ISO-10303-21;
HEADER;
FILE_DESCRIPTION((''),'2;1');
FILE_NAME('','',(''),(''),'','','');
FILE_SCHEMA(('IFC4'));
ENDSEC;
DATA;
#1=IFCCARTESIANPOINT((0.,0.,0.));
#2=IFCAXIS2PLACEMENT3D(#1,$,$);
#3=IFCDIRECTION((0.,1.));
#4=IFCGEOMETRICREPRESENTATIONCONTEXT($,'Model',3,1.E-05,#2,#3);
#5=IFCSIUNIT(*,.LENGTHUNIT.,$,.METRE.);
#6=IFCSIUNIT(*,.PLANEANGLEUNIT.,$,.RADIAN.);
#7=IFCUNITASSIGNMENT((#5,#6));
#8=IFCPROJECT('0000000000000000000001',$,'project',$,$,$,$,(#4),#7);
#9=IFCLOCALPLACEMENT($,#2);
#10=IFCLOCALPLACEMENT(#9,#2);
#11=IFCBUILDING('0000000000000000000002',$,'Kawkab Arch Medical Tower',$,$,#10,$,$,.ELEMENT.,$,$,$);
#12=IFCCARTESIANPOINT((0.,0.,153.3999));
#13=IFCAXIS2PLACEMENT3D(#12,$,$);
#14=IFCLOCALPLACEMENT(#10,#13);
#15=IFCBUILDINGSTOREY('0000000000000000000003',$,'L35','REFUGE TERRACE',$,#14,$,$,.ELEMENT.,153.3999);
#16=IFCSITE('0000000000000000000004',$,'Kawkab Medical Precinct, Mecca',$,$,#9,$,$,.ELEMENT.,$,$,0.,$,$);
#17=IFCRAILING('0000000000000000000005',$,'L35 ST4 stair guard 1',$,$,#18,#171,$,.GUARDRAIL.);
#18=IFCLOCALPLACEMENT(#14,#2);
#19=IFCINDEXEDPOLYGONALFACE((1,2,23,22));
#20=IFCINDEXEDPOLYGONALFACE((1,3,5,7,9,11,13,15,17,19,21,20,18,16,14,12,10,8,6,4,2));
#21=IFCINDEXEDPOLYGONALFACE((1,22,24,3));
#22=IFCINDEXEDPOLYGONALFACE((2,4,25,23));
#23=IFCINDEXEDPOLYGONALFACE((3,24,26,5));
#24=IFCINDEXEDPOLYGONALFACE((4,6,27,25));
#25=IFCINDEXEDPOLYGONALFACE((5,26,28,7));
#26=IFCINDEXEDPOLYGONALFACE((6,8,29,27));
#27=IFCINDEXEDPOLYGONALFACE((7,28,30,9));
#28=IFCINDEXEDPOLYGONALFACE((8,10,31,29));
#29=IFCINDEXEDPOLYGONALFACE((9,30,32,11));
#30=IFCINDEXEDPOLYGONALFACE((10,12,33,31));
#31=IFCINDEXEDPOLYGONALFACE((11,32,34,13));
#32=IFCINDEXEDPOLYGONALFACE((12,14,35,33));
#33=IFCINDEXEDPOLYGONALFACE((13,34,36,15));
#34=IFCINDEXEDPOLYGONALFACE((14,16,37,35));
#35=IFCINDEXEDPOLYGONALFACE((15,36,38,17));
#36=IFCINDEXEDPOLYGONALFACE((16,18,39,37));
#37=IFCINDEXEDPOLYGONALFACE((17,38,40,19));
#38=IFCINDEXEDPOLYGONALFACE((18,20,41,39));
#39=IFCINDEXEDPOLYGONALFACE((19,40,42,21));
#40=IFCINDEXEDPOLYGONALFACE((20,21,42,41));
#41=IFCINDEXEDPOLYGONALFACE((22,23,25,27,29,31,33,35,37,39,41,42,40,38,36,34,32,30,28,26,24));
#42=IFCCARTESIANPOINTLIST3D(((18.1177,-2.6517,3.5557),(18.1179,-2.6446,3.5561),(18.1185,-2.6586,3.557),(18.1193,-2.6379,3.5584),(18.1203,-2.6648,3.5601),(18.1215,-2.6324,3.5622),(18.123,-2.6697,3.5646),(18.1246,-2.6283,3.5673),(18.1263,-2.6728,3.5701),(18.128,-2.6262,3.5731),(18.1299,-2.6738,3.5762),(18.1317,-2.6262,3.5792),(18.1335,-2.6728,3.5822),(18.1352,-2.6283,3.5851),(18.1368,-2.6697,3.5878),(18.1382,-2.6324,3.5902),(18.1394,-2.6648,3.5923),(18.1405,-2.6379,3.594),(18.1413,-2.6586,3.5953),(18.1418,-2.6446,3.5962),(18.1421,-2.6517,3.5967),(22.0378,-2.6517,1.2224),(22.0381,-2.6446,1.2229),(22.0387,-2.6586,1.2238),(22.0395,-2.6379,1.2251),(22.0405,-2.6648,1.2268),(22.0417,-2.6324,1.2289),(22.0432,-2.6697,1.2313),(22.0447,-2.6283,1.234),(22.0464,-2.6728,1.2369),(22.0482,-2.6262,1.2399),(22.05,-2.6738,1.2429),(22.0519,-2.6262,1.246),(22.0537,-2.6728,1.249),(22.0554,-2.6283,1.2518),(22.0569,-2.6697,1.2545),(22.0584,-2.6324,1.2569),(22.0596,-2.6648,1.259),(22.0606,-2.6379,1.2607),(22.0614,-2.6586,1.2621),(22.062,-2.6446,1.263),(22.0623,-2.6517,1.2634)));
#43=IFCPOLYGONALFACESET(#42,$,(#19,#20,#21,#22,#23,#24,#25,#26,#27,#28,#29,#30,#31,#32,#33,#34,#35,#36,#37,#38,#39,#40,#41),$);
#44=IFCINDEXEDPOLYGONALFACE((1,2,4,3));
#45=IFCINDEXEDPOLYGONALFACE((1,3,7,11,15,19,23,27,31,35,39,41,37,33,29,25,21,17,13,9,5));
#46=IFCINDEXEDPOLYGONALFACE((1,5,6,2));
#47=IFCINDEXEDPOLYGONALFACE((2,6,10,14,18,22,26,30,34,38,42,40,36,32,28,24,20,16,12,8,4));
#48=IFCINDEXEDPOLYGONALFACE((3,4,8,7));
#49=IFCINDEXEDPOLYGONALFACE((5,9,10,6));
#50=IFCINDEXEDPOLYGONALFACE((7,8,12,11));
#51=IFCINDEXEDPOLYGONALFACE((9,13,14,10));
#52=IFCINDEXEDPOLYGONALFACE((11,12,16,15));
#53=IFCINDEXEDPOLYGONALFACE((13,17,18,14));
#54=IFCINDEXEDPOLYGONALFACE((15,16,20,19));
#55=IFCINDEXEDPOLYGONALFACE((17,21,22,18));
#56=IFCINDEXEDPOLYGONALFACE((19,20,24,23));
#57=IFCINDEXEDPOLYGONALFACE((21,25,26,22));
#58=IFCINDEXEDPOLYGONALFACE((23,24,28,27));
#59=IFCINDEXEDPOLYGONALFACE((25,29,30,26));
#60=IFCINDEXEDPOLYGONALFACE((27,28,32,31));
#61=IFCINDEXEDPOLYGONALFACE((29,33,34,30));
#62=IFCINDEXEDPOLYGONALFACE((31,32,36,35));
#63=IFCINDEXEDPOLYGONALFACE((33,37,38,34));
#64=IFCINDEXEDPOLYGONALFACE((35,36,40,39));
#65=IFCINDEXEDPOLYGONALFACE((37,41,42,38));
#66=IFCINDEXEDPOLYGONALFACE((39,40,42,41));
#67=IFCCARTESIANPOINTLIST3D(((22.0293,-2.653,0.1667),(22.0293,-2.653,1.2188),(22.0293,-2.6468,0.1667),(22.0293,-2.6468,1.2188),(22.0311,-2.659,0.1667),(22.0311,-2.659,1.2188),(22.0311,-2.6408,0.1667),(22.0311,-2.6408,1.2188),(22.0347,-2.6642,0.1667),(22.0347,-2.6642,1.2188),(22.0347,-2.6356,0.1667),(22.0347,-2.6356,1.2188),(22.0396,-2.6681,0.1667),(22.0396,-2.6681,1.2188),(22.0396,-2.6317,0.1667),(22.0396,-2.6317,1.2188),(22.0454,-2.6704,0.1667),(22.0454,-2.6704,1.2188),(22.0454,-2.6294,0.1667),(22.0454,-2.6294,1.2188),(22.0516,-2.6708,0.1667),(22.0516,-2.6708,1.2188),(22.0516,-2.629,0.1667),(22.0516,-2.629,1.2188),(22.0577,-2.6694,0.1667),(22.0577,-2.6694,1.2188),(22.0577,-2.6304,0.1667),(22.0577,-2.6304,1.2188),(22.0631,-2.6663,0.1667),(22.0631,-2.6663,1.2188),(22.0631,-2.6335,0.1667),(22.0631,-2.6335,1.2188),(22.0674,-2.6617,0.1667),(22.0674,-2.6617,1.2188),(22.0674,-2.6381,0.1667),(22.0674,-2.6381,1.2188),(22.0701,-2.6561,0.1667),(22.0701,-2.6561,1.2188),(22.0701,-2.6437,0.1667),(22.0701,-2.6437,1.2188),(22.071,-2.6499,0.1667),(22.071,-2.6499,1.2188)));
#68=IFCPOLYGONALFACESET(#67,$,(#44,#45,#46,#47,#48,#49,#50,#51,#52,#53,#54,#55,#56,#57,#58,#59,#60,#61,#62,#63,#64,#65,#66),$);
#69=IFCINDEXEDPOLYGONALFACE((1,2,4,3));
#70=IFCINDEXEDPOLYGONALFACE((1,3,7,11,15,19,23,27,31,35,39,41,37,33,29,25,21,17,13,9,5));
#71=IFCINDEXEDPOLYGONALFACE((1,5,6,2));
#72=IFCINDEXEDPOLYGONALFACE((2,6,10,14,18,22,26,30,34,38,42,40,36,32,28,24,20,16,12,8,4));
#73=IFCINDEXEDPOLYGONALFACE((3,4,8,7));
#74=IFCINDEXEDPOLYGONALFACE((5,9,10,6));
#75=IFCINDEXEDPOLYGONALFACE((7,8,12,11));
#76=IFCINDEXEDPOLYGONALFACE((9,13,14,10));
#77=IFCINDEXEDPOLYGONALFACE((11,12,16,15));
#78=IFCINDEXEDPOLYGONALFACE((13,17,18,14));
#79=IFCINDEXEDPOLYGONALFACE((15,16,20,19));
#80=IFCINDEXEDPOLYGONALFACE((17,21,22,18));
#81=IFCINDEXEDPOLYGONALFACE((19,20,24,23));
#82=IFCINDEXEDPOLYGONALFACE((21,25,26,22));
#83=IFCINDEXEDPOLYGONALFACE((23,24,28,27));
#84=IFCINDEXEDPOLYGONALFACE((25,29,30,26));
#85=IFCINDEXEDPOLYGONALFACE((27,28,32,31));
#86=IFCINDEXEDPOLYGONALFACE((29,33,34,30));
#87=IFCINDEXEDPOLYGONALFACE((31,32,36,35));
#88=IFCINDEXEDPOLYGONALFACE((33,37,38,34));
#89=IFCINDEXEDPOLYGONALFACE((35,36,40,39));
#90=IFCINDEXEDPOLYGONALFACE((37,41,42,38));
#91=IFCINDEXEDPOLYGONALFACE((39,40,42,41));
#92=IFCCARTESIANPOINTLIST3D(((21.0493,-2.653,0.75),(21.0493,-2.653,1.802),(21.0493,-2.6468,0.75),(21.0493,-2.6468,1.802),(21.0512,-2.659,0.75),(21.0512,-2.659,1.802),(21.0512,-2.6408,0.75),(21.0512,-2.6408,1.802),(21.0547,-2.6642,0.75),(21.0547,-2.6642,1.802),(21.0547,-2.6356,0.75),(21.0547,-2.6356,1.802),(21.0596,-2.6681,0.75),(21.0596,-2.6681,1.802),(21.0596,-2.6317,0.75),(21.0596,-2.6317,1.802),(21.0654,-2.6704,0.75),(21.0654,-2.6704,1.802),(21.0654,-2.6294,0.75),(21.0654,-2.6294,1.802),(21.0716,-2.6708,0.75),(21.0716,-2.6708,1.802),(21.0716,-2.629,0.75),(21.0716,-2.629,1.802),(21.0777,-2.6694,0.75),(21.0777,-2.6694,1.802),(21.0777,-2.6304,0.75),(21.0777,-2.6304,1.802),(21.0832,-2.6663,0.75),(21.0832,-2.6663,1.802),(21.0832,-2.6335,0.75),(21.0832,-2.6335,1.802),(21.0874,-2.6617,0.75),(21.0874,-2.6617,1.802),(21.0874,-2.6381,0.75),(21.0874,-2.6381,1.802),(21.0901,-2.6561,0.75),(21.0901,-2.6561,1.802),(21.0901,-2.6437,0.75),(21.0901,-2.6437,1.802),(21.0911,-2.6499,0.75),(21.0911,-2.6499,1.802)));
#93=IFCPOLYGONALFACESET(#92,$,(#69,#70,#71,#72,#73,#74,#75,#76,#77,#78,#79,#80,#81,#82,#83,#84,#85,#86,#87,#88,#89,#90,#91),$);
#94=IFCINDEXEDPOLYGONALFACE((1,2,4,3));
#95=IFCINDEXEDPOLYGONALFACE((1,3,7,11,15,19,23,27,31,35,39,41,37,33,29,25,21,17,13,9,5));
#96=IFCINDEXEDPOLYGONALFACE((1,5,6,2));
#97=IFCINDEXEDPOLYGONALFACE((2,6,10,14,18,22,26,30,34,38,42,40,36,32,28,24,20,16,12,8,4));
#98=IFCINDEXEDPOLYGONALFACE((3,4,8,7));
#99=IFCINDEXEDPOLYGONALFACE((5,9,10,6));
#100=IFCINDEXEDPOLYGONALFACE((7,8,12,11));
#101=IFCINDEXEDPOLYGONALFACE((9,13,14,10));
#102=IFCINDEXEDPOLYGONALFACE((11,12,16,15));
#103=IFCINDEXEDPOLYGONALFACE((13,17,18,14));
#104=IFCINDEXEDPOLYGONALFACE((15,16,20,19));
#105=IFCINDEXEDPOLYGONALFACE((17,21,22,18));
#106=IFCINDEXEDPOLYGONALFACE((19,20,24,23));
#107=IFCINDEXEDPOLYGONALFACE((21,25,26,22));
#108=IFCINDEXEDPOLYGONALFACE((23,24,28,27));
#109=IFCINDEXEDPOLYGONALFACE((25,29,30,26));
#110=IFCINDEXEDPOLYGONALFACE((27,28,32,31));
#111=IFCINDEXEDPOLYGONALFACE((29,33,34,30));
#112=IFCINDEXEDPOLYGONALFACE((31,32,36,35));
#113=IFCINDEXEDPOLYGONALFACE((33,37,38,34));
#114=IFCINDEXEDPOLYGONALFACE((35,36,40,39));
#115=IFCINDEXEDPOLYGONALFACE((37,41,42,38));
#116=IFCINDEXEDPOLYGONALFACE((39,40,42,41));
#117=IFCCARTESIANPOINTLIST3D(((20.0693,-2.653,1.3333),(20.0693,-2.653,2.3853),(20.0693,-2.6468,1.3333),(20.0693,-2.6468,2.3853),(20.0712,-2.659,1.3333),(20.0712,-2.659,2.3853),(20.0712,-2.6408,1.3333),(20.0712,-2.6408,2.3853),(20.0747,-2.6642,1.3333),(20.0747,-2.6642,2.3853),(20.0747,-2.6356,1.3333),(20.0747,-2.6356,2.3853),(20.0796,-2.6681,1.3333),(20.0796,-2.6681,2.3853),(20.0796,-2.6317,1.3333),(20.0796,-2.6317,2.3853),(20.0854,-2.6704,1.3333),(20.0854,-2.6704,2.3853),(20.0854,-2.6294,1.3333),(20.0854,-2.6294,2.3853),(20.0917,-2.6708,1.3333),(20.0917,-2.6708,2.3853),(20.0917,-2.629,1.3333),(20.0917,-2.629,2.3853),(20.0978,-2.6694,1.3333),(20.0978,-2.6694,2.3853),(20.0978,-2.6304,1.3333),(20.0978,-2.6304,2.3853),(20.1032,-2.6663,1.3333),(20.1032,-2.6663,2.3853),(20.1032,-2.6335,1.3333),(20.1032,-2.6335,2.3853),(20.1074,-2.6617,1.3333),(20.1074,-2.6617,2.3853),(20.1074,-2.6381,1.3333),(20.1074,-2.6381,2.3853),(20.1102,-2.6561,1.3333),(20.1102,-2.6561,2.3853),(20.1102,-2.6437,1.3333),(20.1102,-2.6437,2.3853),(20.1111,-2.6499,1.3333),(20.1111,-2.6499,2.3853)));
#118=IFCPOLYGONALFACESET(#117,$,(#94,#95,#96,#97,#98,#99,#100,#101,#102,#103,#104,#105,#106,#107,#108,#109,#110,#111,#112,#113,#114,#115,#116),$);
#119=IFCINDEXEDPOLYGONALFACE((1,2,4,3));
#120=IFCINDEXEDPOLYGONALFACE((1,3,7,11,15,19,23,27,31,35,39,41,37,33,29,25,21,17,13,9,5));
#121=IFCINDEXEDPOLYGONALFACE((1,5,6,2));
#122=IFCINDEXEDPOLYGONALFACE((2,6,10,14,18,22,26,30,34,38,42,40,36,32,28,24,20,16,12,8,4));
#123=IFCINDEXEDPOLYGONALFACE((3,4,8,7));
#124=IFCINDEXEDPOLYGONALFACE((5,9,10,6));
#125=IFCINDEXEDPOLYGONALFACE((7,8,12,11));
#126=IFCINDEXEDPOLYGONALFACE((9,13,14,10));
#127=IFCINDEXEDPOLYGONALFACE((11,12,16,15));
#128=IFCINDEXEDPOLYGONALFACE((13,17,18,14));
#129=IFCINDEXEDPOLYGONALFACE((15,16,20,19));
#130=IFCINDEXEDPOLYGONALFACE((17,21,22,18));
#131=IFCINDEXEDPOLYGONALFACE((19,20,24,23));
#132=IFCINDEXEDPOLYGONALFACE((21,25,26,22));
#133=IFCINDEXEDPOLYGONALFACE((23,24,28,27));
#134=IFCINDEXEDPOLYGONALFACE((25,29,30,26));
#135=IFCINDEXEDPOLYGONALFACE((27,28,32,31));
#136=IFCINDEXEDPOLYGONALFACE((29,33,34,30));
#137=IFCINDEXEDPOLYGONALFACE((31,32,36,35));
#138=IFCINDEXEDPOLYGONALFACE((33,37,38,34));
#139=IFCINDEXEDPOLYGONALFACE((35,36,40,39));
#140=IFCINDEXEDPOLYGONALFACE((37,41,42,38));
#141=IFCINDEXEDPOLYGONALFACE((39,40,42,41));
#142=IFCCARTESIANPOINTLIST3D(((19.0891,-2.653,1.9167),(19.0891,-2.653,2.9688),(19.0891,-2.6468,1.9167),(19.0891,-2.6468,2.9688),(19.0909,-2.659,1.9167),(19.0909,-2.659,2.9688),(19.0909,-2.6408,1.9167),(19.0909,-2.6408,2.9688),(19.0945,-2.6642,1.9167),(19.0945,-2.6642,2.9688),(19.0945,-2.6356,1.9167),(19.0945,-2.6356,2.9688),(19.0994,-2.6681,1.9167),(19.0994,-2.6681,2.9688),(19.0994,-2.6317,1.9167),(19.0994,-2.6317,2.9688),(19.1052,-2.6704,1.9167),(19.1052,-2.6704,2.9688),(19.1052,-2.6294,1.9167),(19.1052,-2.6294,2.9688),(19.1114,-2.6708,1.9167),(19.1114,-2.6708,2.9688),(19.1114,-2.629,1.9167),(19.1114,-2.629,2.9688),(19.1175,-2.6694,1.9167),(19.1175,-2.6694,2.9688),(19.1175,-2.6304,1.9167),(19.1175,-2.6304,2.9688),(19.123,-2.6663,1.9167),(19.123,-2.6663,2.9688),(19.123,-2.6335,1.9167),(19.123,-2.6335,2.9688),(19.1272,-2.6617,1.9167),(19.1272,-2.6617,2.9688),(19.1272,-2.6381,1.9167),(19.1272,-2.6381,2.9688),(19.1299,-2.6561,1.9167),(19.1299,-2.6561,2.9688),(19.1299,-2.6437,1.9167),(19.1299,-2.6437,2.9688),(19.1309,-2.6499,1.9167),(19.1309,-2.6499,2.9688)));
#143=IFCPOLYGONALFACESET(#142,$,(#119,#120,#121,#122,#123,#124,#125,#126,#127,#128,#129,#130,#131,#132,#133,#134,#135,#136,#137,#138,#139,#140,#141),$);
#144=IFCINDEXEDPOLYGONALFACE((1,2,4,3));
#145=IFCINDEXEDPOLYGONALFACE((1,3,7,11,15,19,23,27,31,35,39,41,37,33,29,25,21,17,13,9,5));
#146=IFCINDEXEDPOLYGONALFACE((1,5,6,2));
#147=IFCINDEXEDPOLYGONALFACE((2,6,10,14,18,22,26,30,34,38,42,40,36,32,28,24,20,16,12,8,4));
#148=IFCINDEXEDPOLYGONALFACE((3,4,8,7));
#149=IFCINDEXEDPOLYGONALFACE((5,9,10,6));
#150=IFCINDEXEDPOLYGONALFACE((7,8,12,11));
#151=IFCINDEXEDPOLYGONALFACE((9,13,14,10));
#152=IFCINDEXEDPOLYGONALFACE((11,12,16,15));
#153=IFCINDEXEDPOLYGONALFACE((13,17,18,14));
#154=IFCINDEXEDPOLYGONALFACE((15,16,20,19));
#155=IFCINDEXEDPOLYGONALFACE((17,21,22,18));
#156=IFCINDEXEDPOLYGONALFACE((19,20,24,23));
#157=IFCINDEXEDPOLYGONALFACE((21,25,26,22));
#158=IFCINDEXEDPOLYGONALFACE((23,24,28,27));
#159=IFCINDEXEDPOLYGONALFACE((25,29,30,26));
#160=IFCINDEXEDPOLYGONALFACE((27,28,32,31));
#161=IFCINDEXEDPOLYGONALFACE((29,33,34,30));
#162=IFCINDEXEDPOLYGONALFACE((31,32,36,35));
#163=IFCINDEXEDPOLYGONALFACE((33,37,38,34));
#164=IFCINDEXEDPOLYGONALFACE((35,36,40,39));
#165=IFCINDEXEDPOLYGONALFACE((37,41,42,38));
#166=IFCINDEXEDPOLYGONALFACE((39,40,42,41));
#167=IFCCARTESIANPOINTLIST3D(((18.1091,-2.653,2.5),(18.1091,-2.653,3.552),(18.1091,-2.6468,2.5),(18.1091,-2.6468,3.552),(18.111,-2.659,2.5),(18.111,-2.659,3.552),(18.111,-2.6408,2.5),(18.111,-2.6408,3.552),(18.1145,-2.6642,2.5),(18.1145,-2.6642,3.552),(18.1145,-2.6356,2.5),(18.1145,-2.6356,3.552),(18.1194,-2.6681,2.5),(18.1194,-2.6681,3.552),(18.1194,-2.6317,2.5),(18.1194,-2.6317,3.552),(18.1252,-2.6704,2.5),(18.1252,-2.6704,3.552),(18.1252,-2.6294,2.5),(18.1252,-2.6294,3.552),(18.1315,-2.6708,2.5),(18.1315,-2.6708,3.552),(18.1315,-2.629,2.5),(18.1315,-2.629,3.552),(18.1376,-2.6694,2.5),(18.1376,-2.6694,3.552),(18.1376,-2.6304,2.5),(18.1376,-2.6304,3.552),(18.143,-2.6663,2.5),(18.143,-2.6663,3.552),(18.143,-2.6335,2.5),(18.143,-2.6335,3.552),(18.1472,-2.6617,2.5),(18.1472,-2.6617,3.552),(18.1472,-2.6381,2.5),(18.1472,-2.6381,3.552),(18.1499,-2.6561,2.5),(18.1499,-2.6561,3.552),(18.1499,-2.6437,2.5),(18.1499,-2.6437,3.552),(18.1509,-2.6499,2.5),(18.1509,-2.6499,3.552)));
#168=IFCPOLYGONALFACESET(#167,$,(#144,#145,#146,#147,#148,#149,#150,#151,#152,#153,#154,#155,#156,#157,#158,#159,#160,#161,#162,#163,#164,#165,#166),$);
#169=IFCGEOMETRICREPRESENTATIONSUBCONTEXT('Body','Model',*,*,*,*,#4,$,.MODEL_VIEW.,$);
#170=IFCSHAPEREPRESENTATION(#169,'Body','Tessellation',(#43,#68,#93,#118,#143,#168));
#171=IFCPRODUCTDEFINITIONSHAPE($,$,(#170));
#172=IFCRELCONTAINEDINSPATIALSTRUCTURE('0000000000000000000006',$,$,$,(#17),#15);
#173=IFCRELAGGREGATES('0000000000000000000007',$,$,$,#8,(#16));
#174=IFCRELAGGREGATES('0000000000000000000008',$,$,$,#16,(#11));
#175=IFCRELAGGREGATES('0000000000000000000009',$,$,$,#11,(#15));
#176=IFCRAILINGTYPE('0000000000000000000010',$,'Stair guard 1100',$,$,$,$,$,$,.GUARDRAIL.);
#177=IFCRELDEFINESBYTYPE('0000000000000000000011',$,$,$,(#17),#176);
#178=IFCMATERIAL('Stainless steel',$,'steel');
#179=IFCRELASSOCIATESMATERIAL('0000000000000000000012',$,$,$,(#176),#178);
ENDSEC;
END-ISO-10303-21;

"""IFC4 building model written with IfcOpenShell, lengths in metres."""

from ifc_helpers import new_model, si_unit, direction, frame, origin, origin_2d, place, context, subcontext, project, spatial, circle, extrude, material, type_object, element, save


model = new_model("IFC4")

# Units and contexts
model_context = context("Model", 3, precision=1e-05, world=origin(), true_north=direction((0.0, 1.0)))
body_context = subcontext(model_context, "Body", "Model", "MODEL_VIEW")
ifc_project = project(units=[si_unit("LENGTHUNIT", "METRE"), si_unit("PLANEANGLEUNIT", "RADIAN")], contexts=[model_context])

# Site, building, storey
site_placement = place(None, origin())
site = spatial("IfcSite", under=ifc_project, at=site_placement, Name="Kawkab Medical Precinct, Mecca", CompositionType="ELEMENT", RefElevation=0.0)
building_placement = place(site_placement, origin())
building = spatial("IfcBuilding", under=site, at=building_placement, Name="Kawkab Arch Medical Tower", CompositionType="ELEMENT")
storey_placement = place(building_placement, frame((0.0, 0.0, 153.3999)))
storey = spatial("IfcBuildingStorey", under=building, at=storey_placement, Name="L35", Description="REFUGE TERRACE", CompositionType="ELEMENT", Elevation=153.3999)

# Railing
ifc_material_1 = material(Name="Stainless steel", Category="steel")
railing_type = type_object("IfcRailingType", Name="Stair guard 1100", PredefinedType="GUARDRAIL", material=ifc_material_1)
railing_1_placement = place(storey_placement, frame((22.05, -2.6499, 0.1667)))
element("IfcRailing", 1, at=railing_1_placement, inside=storey, type_object=railing_type, Name="L35 ST4 stair guard 1", PredefinedType="GUARDRAIL", context=body_context, shape_type="SweptSolid", body=[
    extrude(circle(Radius=0.0239, at=origin_2d()), frame((0.0, 0.0, 1.0762), z_axis=(-0.85931, 0.0, 0.511455), x_axis=(0.0, -1.0, 0.0)), (0.0, 0.0, 1.0), 4.562),
    extrude(circle(Radius=0.021, at=origin_2d()), origin(), (0.0, 0.0, 1.0), 1.052),
    extrude(circle(Radius=0.021, at=origin_2d()), frame((-0.98, 0.0, 0.5833)), (0.0, 0.0, 1.0), 1.052),
    extrude(circle(Radius=0.021, at=origin_2d()), frame((-1.96, 0.0, 1.1665)), (0.0, 0.0, 1.0), 1.052),
    extrude(circle(Radius=0.021, at=origin_2d()), frame((-2.9402, 0.0, 1.75)), (0.0, 0.0, 1.0), 1.052),
    extrude(circle(Radius=0.021, at=origin_2d()), frame((-3.9202, 0.0, 2.3333)), (0.0, 0.0, 1.0), 1.052),
])

save(model, "model.ifc")
